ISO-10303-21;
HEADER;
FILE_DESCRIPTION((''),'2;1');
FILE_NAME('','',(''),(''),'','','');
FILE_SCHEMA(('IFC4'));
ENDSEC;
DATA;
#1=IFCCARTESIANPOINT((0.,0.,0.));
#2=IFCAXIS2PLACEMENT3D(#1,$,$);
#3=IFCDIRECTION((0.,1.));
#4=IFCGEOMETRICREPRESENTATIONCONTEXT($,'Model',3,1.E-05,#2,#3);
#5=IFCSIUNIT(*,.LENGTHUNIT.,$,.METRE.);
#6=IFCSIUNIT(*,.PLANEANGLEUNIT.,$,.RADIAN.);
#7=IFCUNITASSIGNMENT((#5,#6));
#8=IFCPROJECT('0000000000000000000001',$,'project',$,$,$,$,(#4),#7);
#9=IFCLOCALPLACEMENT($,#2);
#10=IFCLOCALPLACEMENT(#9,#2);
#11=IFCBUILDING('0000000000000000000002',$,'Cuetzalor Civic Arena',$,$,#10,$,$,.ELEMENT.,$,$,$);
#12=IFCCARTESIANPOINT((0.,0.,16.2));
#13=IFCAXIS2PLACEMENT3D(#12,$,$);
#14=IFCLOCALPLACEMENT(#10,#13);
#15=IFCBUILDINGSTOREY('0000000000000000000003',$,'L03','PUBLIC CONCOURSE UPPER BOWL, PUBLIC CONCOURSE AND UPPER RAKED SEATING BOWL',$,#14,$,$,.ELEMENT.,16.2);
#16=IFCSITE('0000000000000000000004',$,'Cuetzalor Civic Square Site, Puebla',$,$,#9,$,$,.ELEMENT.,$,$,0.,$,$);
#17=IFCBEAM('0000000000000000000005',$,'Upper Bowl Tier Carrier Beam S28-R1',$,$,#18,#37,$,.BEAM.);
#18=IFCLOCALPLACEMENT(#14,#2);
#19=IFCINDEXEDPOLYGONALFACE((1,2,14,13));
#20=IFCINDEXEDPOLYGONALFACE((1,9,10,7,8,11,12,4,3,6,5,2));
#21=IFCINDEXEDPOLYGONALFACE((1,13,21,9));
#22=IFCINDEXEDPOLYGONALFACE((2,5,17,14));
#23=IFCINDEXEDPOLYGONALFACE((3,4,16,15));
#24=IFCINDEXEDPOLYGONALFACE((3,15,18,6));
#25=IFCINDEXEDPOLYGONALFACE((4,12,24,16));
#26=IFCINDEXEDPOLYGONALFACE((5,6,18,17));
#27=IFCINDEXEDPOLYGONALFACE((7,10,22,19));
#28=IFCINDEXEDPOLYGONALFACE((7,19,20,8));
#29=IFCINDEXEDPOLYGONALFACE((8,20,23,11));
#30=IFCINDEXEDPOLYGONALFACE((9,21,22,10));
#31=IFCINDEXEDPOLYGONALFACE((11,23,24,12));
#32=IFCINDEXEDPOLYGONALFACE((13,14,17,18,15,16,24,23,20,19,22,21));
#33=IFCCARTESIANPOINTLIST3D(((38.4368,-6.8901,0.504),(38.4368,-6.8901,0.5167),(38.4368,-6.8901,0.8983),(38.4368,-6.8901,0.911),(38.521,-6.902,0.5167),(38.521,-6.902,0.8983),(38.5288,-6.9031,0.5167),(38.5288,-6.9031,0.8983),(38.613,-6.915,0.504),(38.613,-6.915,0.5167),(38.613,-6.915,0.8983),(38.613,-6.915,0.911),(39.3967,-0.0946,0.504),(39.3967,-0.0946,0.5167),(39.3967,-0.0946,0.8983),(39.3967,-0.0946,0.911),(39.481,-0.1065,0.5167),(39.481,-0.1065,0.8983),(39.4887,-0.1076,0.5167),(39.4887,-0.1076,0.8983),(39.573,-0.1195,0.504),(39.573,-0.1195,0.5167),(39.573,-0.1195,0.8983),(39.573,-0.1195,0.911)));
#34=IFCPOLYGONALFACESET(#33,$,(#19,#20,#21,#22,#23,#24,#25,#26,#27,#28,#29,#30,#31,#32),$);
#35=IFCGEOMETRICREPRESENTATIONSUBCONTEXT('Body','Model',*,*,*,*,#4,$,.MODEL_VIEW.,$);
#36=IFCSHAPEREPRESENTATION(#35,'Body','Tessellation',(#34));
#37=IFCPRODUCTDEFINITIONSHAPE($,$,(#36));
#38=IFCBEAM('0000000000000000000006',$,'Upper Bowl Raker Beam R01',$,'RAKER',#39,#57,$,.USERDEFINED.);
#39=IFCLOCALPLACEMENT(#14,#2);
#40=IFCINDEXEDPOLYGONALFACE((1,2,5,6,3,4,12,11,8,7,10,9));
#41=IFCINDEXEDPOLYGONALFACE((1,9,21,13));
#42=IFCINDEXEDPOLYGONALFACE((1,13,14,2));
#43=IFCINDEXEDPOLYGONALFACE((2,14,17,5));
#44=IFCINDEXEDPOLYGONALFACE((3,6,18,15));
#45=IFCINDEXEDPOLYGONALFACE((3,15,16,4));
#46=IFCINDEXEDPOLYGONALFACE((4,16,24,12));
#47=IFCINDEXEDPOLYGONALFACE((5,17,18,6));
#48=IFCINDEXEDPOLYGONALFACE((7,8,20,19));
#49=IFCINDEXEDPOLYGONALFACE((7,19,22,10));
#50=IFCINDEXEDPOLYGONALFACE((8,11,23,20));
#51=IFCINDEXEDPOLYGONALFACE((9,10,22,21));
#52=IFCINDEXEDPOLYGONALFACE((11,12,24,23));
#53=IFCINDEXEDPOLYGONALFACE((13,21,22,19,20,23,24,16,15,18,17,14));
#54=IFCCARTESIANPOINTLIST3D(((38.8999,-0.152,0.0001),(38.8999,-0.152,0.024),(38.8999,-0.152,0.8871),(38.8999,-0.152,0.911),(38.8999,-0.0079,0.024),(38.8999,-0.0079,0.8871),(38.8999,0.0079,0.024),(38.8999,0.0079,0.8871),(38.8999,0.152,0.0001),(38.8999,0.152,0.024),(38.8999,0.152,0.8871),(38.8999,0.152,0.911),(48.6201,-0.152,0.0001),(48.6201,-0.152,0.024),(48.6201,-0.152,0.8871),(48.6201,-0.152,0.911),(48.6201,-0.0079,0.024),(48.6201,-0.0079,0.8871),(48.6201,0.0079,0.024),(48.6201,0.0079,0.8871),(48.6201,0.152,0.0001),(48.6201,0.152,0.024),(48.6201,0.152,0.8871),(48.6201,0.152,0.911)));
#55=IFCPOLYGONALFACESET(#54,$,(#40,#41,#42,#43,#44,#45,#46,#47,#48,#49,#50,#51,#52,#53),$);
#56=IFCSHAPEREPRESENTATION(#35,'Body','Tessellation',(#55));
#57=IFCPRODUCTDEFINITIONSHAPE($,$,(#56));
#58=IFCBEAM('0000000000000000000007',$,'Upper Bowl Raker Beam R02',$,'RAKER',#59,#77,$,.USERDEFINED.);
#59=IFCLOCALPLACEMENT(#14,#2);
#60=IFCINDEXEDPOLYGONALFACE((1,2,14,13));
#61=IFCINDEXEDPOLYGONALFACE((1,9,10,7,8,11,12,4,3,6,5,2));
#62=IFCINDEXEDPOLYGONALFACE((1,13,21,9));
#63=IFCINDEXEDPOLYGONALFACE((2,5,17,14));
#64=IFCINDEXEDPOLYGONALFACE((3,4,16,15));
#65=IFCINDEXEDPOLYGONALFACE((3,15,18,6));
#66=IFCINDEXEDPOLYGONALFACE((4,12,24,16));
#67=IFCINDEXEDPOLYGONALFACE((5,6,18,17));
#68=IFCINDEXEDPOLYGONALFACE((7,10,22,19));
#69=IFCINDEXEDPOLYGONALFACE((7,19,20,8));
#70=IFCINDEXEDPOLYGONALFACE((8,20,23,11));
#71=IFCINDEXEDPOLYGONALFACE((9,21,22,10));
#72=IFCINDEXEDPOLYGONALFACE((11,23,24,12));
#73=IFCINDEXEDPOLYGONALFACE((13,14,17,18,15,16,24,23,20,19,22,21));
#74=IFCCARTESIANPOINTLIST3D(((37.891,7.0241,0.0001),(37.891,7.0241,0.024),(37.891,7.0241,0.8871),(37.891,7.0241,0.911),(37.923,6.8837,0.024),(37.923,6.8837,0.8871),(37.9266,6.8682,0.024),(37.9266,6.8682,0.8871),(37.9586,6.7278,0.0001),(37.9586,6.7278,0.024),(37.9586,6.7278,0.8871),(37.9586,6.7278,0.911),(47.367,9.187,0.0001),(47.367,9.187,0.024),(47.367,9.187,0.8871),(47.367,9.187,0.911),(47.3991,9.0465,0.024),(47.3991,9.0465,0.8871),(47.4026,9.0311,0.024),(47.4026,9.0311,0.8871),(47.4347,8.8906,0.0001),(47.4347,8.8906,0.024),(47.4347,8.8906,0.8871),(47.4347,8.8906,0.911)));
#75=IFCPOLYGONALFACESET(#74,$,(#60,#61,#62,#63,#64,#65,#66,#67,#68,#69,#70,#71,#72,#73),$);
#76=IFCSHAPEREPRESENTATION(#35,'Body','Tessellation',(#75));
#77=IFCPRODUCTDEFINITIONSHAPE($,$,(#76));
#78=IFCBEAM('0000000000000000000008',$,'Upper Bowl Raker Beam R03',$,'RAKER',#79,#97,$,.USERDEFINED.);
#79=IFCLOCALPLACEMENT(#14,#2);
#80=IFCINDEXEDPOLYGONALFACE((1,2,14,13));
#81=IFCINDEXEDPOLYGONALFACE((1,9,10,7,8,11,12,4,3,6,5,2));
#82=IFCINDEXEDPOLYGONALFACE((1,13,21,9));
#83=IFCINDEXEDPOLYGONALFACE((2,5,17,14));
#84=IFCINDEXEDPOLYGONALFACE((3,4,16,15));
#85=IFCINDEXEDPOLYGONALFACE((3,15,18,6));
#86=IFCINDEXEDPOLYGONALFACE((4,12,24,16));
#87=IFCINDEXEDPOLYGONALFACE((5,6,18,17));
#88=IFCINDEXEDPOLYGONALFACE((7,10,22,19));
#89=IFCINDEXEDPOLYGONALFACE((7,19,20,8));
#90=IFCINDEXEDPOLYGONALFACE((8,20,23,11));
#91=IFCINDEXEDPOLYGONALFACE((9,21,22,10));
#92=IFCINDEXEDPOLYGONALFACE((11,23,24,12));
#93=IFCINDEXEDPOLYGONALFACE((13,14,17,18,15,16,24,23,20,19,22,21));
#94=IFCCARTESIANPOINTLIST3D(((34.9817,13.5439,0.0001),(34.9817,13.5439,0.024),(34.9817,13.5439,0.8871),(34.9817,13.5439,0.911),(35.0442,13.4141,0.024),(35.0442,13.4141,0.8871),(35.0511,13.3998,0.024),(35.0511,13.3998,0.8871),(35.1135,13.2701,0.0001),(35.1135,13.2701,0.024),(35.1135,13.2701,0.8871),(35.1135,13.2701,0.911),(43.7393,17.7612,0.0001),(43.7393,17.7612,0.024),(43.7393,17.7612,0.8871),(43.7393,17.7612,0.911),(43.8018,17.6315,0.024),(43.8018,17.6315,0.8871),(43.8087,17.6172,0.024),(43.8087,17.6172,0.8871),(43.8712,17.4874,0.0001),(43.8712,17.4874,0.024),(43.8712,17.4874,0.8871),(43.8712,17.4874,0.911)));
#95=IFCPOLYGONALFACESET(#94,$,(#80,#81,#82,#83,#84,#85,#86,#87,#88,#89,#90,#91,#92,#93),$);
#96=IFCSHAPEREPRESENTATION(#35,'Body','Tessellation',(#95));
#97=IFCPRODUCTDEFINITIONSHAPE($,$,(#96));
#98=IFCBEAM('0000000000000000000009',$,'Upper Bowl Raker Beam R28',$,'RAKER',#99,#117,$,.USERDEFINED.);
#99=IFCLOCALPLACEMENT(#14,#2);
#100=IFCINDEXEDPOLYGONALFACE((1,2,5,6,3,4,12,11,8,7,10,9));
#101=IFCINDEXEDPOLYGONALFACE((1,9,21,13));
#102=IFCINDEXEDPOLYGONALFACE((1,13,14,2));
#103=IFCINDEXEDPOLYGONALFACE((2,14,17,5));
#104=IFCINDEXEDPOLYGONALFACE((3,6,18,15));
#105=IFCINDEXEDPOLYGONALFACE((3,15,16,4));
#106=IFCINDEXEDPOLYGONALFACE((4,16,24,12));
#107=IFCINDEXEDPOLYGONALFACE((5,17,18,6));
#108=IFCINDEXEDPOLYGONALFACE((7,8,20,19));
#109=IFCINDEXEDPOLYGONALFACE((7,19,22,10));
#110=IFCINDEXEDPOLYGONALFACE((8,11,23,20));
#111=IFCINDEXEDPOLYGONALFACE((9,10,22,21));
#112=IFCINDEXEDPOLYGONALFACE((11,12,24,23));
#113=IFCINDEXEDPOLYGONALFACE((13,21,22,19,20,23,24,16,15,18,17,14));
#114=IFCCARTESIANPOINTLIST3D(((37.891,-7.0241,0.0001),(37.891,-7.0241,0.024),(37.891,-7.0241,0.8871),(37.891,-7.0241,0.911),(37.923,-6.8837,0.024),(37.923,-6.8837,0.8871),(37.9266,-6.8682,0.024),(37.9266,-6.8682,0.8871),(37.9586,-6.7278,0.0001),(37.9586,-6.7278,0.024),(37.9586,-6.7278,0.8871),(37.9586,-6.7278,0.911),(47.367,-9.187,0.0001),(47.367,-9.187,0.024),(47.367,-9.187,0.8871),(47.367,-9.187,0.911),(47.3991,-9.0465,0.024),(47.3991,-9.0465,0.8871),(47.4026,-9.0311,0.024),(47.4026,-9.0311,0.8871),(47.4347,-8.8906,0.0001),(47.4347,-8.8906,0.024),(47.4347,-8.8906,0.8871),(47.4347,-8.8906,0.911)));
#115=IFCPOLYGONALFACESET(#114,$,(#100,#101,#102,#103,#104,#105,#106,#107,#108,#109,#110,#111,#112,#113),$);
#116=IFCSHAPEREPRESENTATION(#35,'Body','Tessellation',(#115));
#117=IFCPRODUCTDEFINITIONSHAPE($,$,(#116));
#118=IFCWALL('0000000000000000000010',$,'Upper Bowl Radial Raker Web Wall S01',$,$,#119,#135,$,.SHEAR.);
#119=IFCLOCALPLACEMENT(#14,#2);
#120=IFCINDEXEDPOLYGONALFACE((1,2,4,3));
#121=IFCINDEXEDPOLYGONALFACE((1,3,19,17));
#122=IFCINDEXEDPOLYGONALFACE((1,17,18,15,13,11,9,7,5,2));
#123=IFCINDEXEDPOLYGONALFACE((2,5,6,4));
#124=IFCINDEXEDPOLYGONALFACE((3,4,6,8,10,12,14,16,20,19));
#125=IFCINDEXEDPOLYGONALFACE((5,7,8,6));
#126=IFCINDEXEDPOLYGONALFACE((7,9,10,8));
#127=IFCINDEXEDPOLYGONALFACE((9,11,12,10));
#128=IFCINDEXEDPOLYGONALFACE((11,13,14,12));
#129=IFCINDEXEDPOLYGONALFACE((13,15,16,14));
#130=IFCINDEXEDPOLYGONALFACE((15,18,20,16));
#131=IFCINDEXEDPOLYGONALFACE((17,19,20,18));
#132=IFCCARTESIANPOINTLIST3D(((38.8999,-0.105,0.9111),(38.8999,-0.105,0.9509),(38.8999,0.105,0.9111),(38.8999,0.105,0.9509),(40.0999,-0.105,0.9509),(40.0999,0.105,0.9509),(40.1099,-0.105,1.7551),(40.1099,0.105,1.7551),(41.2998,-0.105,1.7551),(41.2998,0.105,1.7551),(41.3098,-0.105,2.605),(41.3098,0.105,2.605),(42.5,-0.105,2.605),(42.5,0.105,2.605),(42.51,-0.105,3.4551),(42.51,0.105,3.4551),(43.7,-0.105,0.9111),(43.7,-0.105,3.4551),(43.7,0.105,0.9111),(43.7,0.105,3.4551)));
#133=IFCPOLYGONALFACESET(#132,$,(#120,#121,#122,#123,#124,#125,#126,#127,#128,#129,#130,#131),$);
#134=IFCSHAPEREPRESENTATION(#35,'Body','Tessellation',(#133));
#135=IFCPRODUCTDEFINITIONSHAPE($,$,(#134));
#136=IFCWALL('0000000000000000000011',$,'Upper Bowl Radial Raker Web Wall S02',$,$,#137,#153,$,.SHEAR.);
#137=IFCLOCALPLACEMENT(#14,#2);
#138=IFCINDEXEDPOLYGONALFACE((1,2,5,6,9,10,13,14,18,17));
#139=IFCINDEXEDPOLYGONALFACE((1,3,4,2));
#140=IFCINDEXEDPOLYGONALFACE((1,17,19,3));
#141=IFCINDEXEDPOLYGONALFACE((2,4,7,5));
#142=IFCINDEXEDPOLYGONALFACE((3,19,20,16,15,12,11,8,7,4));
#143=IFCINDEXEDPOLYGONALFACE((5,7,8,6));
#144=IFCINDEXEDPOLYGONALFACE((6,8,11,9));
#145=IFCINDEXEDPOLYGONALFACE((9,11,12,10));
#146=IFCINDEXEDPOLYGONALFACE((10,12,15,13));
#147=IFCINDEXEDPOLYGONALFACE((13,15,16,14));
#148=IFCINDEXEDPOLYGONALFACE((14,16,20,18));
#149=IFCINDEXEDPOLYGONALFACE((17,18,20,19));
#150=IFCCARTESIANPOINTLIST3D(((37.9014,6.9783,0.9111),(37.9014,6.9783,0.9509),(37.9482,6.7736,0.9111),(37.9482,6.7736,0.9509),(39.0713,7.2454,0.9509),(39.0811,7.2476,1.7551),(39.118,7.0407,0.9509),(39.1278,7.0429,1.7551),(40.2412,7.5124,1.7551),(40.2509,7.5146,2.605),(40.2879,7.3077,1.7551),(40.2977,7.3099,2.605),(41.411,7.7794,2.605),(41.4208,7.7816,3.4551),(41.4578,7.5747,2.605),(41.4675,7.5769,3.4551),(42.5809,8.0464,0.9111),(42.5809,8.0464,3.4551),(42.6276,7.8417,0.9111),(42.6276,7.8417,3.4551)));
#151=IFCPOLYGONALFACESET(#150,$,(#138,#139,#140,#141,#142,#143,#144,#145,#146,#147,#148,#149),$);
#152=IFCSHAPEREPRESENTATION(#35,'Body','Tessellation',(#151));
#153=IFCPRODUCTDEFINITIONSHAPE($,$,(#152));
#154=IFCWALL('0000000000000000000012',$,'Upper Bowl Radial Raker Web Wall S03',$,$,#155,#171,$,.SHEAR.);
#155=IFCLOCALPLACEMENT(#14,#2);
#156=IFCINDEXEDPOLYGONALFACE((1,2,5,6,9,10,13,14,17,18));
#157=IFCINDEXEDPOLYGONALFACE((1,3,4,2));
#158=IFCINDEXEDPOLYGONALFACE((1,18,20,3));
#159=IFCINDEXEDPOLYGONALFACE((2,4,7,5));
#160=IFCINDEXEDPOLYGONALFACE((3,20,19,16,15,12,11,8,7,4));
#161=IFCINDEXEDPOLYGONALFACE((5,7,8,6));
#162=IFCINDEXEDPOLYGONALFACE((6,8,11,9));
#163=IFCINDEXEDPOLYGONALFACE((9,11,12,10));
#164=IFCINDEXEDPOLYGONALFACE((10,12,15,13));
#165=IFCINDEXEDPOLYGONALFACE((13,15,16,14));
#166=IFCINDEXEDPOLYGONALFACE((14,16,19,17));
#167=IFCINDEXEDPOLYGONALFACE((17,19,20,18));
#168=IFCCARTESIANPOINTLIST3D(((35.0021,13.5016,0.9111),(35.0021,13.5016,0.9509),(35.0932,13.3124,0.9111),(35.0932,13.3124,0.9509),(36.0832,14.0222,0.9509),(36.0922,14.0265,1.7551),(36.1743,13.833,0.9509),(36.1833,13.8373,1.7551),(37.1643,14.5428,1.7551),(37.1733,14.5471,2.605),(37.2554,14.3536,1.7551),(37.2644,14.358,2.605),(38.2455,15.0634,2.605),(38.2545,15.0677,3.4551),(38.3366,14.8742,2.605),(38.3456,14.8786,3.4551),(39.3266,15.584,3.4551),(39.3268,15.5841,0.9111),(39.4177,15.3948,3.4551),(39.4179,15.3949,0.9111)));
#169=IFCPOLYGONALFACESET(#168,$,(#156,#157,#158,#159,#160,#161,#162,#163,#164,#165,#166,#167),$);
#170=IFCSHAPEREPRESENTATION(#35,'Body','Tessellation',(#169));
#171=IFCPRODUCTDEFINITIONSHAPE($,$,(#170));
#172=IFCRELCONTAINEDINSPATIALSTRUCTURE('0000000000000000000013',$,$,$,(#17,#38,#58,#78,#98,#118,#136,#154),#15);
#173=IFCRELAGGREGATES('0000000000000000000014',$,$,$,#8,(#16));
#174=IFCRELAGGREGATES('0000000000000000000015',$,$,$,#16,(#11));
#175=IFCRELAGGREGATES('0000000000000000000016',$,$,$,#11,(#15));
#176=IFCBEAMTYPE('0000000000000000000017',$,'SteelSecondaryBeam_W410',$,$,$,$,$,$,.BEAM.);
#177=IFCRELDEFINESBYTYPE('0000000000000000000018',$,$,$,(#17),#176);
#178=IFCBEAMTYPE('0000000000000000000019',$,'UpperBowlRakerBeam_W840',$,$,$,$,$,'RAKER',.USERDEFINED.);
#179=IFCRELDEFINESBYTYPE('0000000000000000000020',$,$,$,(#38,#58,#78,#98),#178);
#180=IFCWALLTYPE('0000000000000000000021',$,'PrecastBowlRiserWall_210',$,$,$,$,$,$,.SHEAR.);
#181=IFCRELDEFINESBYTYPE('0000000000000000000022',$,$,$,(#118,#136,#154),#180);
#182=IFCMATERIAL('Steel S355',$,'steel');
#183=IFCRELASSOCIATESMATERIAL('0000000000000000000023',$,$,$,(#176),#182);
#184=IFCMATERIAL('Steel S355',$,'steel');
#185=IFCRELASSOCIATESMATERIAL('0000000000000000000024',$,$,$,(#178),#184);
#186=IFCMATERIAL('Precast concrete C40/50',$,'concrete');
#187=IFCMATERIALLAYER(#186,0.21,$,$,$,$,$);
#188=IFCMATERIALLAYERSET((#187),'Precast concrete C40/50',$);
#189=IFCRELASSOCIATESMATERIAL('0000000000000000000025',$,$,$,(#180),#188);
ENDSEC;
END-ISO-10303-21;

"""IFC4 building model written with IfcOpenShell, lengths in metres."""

from ifc_helpers import new_model, si_unit, direction, frame, origin, origin_2d, place, context, subcontext, project, spatial, polyline, i_section, outline, extrude, material, layer, layer_set, material_profile, profile_set, type_object, element, save


model = new_model("IFC4")

# Units and contexts
model_context = context("Model", 3, precision=1e-05, world=origin(), true_north=direction((0.0, 1.0)))
body_context = subcontext(model_context, "Body", "Model", "MODEL_VIEW")
ifc_project = project(units=[si_unit("LENGTHUNIT", "METRE"), si_unit("PLANEANGLEUNIT", "RADIAN")], contexts=[model_context])

# Site, building, storey
site_placement = place(None, origin())
site = spatial("IfcSite", under=ifc_project, at=site_placement, Name="Cuetzalor Civic Square Site, Puebla", CompositionType="ELEMENT", RefElevation=0.0)
building_placement = place(site_placement, origin())
building = spatial("IfcBuilding", under=site, at=building_placement, Name="Cuetzalor Civic Arena", CompositionType="ELEMENT")
storey_placement = place(building_placement, frame((0.0, 0.0, 16.2)))
storey = spatial("IfcBuildingStorey", under=building, at=storey_placement, Name="L03", Description="PUBLIC CONCOURSE UPPER BOWL, PUBLIC CONCOURSE AND UPPER RAKED SEATING BOWL", CompositionType="ELEMENT", Elevation=16.2)

# Beams
ifc_material_1 = material(Name="Steel S355", Category="steel")
ifc_material_profile_1 = material_profile(ifc_material_1, i_section(OverallWidth=0.178, OverallDepth=0.407, WebThickness=0.0078, FlangeThickness=0.0127, at=origin_2d()), Name="W410x60")
ifc_profile_set_1 = profile_set([ifc_material_profile_1], Name="Steel S355")
beam_type_1 = type_object("IfcBeamType", Name="SteelSecondaryBeam_W410", PredefinedType="BEAM", material=ifc_profile_set_1)
beam_1_placement = place(storey_placement, frame((38.5249, -6.9026, 0.7075), z_axis=(0.139872, 0.99017, 0.0), x_axis=(-0.99017, 0.139872, 0.0)))
element("IfcBeam", 1, at=beam_1_placement, inside=storey, type_object=beam_type_1, Name="Upper Bowl Tier Carrier Beam S28-R1", PredefinedType="BEAM", context=body_context, shape_type="SweptSolid", body=[
    extrude(i_section(OverallWidth=0.178, OverallDepth=0.407, WebThickness=0.0078, FlangeThickness=0.0127, at=origin_2d()), origin(), (0.0, 0.0, 1.0), 6.863),
])
ifc_material_2 = material(Name="Steel S355", Category="steel")
ifc_material_profile_2 = material_profile(ifc_material_2, i_section(OverallWidth=0.304, OverallDepth=0.9109, WebThickness=0.0159, FlangeThickness=0.0239, at=origin_2d()), Name="W920x223")
ifc_profile_set_2 = profile_set([ifc_material_profile_2], Name="Steel S355")
beam_type_2 = type_object("IfcBeamType", Name="UpperBowlRakerBeam_W840", ElementType="RAKER", PredefinedType="USERDEFINED", material=ifc_profile_set_2)
beam_2_placement = place(storey_placement, frame((38.8999, 0.0, 0.4556), z_axis=(1.0, 0.0, 0.0), x_axis=(0.0, 1.0, 0.0)))
element("IfcBeam", 2, at=beam_2_placement, inside=storey, type_object=beam_type_2, Name="Upper Bowl Raker Beam R01", ObjectType="RAKER", PredefinedType="USERDEFINED", context=body_context, shape_type="SweptSolid", body=[
    extrude(i_section(OverallWidth=0.304, OverallDepth=0.9109, WebThickness=0.0159, FlangeThickness=0.0239, at=origin_2d()), origin(), (0.0, 0.0, 1.0), 9.7202),
])
beam_3_placement = place(storey_placement, frame((37.9248, 6.876, 0.4556), z_axis=(0.974928, 0.22252, 0.0), x_axis=(-0.22252, 0.974928, 0.0)))
element("IfcBeam", 3, at=beam_3_placement, inside=storey, type_object=beam_type_2, Name="Upper Bowl Raker Beam R02", ObjectType="RAKER", PredefinedType="USERDEFINED", context=body_context, shape_type="SweptSolid", body=[
    extrude(i_section(OverallWidth=0.304, OverallDepth=0.9109, WebThickness=0.0159, FlangeThickness=0.0239, at=origin_2d()), origin(), (0.0, 0.0, 1.0), 9.7197),
])
beam_4_placement = place(storey_placement, frame((35.0476, 13.407, 0.4556), z_axis=(0.900974, 0.433872, 0.0), x_axis=(-0.433872, 0.900974, 0.0)))
element("IfcBeam", 4, at=beam_4_placement, inside=storey, type_object=beam_type_2, Name="Upper Bowl Raker Beam R03", ObjectType="RAKER", PredefinedType="USERDEFINED", context=body_context, shape_type="SweptSolid", body=[
    extrude(i_section(OverallWidth=0.304, OverallDepth=0.9109, WebThickness=0.0159, FlangeThickness=0.0239, at=origin_2d()), origin(), (0.0, 0.0, 1.0), 9.7202),
])
beam_5_placement = place(storey_placement, frame((37.9248, -6.876, 0.4556), z_axis=(0.974928, -0.22252, 0.0), x_axis=(0.22252, 0.974928, 0.0)))
element("IfcBeam", 5, at=beam_5_placement, inside=storey, type_object=beam_type_2, Name="Upper Bowl Raker Beam R28", ObjectType="RAKER", PredefinedType="USERDEFINED", context=body_context, shape_type="SweptSolid", body=[
    extrude(i_section(OverallWidth=0.304, OverallDepth=0.9109, WebThickness=0.0159, FlangeThickness=0.0239, at=origin_2d()), origin(), (0.0, 0.0, 1.0), 9.7197),
])

# Walls
ifc_material_3 = material(Name="Precast concrete C40/50", Category="concrete")
ifc_layer = layer(ifc_material_3, 0.21)
ifc_layer_set = layer_set([ifc_layer], Name="Precast concrete C40/50")
wall_type = type_object("IfcWallType", Name="PrecastBowlRiserWall_210", PredefinedType="SHEAR", material=ifc_layer_set)
wall_1_placement = place(storey_placement, frame((38.8999, 0.0, 0.9111), z_axis=(0.0, 0.0, 1.0), x_axis=(1.0, 0.0, 0.0)))
element("IfcWall", 6, at=wall_1_placement, inside=storey, type_object=wall_type, Name="Upper Bowl Radial Raker Web Wall S01", PredefinedType="SHEAR", context=body_context, shape_type="SweptSolid", body=[
    extrude(outline(polyline([(0.0, 0.0), (4.8, 0.0), (4.8, 2.5439), (3.6101, 2.5439), (3.6001, 1.6938), (2.4099, 1.6938), (2.3999, 0.844), (1.21, 0.844), (1.2, 0.0398), (0.0, 0.0398), (0.0, 0.0)])), frame((0.0, 0.105, 0.0), z_axis=(0.0, -1.0, 0.0), x_axis=(1.0, 0.0, 0.0)), (0.0, 0.0, 1.0), 0.21),
])
wall_2_placement = place(storey_placement, frame((37.9248, 6.876, 0.9111), z_axis=(0.0, 0.0, 1.0), x_axis=(0.974925, 0.222533, 0.0)))
element("IfcWall", 7, at=wall_2_placement, inside=storey, type_object=wall_type, Name="Upper Bowl Radial Raker Web Wall S02", PredefinedType="SHEAR", context=body_context, shape_type="SweptSolid", body=[
    extrude(outline(polyline([(0.0, 0.0), (4.7998, 0.0), (4.7998, 2.5439), (3.6099, 2.5439), (3.5999, 1.6938), (2.4099, 1.6938), (2.3999, 0.844), (1.21, 0.844), (1.2, 0.0398), (0.0, 0.0398), (0.0, 0.0)])), frame((0.0, 0.105, 0.0), z_axis=(0.0, -1.0, 0.0), x_axis=(1.0, 0.0, 0.0)), (0.0, 0.0, 1.0), 0.21),
])
wall_3_placement = place(storey_placement, frame((35.0476, 13.407, 0.9111), z_axis=(0.0, 0.0, 1.0), x_axis=(0.900981, 0.433858, 0.0)))
element("IfcWall", 8, at=wall_3_placement, inside=storey, type_object=wall_type, Name="Upper Bowl Radial Raker Web Wall S03", PredefinedType="SHEAR", context=body_context, shape_type="SweptSolid", body=[
    extrude(outline(polyline([(0.0, 0.0), (4.8, 0.0), (4.7998, 2.5439), (3.6099, 2.5439), (3.5999, 1.6938), (2.4099, 1.6938), (2.3999, 0.844), (1.21, 0.844), (1.2, 0.0398), (0.0, 0.0398), (0.0, 0.0)])), frame((0.0, 0.105, 0.0), z_axis=(0.0, -1.0, 0.0), x_axis=(1.0, 0.0, 0.0)), (0.0, 0.0, 1.0), 0.21),
])

save(model, "model.ifc")
